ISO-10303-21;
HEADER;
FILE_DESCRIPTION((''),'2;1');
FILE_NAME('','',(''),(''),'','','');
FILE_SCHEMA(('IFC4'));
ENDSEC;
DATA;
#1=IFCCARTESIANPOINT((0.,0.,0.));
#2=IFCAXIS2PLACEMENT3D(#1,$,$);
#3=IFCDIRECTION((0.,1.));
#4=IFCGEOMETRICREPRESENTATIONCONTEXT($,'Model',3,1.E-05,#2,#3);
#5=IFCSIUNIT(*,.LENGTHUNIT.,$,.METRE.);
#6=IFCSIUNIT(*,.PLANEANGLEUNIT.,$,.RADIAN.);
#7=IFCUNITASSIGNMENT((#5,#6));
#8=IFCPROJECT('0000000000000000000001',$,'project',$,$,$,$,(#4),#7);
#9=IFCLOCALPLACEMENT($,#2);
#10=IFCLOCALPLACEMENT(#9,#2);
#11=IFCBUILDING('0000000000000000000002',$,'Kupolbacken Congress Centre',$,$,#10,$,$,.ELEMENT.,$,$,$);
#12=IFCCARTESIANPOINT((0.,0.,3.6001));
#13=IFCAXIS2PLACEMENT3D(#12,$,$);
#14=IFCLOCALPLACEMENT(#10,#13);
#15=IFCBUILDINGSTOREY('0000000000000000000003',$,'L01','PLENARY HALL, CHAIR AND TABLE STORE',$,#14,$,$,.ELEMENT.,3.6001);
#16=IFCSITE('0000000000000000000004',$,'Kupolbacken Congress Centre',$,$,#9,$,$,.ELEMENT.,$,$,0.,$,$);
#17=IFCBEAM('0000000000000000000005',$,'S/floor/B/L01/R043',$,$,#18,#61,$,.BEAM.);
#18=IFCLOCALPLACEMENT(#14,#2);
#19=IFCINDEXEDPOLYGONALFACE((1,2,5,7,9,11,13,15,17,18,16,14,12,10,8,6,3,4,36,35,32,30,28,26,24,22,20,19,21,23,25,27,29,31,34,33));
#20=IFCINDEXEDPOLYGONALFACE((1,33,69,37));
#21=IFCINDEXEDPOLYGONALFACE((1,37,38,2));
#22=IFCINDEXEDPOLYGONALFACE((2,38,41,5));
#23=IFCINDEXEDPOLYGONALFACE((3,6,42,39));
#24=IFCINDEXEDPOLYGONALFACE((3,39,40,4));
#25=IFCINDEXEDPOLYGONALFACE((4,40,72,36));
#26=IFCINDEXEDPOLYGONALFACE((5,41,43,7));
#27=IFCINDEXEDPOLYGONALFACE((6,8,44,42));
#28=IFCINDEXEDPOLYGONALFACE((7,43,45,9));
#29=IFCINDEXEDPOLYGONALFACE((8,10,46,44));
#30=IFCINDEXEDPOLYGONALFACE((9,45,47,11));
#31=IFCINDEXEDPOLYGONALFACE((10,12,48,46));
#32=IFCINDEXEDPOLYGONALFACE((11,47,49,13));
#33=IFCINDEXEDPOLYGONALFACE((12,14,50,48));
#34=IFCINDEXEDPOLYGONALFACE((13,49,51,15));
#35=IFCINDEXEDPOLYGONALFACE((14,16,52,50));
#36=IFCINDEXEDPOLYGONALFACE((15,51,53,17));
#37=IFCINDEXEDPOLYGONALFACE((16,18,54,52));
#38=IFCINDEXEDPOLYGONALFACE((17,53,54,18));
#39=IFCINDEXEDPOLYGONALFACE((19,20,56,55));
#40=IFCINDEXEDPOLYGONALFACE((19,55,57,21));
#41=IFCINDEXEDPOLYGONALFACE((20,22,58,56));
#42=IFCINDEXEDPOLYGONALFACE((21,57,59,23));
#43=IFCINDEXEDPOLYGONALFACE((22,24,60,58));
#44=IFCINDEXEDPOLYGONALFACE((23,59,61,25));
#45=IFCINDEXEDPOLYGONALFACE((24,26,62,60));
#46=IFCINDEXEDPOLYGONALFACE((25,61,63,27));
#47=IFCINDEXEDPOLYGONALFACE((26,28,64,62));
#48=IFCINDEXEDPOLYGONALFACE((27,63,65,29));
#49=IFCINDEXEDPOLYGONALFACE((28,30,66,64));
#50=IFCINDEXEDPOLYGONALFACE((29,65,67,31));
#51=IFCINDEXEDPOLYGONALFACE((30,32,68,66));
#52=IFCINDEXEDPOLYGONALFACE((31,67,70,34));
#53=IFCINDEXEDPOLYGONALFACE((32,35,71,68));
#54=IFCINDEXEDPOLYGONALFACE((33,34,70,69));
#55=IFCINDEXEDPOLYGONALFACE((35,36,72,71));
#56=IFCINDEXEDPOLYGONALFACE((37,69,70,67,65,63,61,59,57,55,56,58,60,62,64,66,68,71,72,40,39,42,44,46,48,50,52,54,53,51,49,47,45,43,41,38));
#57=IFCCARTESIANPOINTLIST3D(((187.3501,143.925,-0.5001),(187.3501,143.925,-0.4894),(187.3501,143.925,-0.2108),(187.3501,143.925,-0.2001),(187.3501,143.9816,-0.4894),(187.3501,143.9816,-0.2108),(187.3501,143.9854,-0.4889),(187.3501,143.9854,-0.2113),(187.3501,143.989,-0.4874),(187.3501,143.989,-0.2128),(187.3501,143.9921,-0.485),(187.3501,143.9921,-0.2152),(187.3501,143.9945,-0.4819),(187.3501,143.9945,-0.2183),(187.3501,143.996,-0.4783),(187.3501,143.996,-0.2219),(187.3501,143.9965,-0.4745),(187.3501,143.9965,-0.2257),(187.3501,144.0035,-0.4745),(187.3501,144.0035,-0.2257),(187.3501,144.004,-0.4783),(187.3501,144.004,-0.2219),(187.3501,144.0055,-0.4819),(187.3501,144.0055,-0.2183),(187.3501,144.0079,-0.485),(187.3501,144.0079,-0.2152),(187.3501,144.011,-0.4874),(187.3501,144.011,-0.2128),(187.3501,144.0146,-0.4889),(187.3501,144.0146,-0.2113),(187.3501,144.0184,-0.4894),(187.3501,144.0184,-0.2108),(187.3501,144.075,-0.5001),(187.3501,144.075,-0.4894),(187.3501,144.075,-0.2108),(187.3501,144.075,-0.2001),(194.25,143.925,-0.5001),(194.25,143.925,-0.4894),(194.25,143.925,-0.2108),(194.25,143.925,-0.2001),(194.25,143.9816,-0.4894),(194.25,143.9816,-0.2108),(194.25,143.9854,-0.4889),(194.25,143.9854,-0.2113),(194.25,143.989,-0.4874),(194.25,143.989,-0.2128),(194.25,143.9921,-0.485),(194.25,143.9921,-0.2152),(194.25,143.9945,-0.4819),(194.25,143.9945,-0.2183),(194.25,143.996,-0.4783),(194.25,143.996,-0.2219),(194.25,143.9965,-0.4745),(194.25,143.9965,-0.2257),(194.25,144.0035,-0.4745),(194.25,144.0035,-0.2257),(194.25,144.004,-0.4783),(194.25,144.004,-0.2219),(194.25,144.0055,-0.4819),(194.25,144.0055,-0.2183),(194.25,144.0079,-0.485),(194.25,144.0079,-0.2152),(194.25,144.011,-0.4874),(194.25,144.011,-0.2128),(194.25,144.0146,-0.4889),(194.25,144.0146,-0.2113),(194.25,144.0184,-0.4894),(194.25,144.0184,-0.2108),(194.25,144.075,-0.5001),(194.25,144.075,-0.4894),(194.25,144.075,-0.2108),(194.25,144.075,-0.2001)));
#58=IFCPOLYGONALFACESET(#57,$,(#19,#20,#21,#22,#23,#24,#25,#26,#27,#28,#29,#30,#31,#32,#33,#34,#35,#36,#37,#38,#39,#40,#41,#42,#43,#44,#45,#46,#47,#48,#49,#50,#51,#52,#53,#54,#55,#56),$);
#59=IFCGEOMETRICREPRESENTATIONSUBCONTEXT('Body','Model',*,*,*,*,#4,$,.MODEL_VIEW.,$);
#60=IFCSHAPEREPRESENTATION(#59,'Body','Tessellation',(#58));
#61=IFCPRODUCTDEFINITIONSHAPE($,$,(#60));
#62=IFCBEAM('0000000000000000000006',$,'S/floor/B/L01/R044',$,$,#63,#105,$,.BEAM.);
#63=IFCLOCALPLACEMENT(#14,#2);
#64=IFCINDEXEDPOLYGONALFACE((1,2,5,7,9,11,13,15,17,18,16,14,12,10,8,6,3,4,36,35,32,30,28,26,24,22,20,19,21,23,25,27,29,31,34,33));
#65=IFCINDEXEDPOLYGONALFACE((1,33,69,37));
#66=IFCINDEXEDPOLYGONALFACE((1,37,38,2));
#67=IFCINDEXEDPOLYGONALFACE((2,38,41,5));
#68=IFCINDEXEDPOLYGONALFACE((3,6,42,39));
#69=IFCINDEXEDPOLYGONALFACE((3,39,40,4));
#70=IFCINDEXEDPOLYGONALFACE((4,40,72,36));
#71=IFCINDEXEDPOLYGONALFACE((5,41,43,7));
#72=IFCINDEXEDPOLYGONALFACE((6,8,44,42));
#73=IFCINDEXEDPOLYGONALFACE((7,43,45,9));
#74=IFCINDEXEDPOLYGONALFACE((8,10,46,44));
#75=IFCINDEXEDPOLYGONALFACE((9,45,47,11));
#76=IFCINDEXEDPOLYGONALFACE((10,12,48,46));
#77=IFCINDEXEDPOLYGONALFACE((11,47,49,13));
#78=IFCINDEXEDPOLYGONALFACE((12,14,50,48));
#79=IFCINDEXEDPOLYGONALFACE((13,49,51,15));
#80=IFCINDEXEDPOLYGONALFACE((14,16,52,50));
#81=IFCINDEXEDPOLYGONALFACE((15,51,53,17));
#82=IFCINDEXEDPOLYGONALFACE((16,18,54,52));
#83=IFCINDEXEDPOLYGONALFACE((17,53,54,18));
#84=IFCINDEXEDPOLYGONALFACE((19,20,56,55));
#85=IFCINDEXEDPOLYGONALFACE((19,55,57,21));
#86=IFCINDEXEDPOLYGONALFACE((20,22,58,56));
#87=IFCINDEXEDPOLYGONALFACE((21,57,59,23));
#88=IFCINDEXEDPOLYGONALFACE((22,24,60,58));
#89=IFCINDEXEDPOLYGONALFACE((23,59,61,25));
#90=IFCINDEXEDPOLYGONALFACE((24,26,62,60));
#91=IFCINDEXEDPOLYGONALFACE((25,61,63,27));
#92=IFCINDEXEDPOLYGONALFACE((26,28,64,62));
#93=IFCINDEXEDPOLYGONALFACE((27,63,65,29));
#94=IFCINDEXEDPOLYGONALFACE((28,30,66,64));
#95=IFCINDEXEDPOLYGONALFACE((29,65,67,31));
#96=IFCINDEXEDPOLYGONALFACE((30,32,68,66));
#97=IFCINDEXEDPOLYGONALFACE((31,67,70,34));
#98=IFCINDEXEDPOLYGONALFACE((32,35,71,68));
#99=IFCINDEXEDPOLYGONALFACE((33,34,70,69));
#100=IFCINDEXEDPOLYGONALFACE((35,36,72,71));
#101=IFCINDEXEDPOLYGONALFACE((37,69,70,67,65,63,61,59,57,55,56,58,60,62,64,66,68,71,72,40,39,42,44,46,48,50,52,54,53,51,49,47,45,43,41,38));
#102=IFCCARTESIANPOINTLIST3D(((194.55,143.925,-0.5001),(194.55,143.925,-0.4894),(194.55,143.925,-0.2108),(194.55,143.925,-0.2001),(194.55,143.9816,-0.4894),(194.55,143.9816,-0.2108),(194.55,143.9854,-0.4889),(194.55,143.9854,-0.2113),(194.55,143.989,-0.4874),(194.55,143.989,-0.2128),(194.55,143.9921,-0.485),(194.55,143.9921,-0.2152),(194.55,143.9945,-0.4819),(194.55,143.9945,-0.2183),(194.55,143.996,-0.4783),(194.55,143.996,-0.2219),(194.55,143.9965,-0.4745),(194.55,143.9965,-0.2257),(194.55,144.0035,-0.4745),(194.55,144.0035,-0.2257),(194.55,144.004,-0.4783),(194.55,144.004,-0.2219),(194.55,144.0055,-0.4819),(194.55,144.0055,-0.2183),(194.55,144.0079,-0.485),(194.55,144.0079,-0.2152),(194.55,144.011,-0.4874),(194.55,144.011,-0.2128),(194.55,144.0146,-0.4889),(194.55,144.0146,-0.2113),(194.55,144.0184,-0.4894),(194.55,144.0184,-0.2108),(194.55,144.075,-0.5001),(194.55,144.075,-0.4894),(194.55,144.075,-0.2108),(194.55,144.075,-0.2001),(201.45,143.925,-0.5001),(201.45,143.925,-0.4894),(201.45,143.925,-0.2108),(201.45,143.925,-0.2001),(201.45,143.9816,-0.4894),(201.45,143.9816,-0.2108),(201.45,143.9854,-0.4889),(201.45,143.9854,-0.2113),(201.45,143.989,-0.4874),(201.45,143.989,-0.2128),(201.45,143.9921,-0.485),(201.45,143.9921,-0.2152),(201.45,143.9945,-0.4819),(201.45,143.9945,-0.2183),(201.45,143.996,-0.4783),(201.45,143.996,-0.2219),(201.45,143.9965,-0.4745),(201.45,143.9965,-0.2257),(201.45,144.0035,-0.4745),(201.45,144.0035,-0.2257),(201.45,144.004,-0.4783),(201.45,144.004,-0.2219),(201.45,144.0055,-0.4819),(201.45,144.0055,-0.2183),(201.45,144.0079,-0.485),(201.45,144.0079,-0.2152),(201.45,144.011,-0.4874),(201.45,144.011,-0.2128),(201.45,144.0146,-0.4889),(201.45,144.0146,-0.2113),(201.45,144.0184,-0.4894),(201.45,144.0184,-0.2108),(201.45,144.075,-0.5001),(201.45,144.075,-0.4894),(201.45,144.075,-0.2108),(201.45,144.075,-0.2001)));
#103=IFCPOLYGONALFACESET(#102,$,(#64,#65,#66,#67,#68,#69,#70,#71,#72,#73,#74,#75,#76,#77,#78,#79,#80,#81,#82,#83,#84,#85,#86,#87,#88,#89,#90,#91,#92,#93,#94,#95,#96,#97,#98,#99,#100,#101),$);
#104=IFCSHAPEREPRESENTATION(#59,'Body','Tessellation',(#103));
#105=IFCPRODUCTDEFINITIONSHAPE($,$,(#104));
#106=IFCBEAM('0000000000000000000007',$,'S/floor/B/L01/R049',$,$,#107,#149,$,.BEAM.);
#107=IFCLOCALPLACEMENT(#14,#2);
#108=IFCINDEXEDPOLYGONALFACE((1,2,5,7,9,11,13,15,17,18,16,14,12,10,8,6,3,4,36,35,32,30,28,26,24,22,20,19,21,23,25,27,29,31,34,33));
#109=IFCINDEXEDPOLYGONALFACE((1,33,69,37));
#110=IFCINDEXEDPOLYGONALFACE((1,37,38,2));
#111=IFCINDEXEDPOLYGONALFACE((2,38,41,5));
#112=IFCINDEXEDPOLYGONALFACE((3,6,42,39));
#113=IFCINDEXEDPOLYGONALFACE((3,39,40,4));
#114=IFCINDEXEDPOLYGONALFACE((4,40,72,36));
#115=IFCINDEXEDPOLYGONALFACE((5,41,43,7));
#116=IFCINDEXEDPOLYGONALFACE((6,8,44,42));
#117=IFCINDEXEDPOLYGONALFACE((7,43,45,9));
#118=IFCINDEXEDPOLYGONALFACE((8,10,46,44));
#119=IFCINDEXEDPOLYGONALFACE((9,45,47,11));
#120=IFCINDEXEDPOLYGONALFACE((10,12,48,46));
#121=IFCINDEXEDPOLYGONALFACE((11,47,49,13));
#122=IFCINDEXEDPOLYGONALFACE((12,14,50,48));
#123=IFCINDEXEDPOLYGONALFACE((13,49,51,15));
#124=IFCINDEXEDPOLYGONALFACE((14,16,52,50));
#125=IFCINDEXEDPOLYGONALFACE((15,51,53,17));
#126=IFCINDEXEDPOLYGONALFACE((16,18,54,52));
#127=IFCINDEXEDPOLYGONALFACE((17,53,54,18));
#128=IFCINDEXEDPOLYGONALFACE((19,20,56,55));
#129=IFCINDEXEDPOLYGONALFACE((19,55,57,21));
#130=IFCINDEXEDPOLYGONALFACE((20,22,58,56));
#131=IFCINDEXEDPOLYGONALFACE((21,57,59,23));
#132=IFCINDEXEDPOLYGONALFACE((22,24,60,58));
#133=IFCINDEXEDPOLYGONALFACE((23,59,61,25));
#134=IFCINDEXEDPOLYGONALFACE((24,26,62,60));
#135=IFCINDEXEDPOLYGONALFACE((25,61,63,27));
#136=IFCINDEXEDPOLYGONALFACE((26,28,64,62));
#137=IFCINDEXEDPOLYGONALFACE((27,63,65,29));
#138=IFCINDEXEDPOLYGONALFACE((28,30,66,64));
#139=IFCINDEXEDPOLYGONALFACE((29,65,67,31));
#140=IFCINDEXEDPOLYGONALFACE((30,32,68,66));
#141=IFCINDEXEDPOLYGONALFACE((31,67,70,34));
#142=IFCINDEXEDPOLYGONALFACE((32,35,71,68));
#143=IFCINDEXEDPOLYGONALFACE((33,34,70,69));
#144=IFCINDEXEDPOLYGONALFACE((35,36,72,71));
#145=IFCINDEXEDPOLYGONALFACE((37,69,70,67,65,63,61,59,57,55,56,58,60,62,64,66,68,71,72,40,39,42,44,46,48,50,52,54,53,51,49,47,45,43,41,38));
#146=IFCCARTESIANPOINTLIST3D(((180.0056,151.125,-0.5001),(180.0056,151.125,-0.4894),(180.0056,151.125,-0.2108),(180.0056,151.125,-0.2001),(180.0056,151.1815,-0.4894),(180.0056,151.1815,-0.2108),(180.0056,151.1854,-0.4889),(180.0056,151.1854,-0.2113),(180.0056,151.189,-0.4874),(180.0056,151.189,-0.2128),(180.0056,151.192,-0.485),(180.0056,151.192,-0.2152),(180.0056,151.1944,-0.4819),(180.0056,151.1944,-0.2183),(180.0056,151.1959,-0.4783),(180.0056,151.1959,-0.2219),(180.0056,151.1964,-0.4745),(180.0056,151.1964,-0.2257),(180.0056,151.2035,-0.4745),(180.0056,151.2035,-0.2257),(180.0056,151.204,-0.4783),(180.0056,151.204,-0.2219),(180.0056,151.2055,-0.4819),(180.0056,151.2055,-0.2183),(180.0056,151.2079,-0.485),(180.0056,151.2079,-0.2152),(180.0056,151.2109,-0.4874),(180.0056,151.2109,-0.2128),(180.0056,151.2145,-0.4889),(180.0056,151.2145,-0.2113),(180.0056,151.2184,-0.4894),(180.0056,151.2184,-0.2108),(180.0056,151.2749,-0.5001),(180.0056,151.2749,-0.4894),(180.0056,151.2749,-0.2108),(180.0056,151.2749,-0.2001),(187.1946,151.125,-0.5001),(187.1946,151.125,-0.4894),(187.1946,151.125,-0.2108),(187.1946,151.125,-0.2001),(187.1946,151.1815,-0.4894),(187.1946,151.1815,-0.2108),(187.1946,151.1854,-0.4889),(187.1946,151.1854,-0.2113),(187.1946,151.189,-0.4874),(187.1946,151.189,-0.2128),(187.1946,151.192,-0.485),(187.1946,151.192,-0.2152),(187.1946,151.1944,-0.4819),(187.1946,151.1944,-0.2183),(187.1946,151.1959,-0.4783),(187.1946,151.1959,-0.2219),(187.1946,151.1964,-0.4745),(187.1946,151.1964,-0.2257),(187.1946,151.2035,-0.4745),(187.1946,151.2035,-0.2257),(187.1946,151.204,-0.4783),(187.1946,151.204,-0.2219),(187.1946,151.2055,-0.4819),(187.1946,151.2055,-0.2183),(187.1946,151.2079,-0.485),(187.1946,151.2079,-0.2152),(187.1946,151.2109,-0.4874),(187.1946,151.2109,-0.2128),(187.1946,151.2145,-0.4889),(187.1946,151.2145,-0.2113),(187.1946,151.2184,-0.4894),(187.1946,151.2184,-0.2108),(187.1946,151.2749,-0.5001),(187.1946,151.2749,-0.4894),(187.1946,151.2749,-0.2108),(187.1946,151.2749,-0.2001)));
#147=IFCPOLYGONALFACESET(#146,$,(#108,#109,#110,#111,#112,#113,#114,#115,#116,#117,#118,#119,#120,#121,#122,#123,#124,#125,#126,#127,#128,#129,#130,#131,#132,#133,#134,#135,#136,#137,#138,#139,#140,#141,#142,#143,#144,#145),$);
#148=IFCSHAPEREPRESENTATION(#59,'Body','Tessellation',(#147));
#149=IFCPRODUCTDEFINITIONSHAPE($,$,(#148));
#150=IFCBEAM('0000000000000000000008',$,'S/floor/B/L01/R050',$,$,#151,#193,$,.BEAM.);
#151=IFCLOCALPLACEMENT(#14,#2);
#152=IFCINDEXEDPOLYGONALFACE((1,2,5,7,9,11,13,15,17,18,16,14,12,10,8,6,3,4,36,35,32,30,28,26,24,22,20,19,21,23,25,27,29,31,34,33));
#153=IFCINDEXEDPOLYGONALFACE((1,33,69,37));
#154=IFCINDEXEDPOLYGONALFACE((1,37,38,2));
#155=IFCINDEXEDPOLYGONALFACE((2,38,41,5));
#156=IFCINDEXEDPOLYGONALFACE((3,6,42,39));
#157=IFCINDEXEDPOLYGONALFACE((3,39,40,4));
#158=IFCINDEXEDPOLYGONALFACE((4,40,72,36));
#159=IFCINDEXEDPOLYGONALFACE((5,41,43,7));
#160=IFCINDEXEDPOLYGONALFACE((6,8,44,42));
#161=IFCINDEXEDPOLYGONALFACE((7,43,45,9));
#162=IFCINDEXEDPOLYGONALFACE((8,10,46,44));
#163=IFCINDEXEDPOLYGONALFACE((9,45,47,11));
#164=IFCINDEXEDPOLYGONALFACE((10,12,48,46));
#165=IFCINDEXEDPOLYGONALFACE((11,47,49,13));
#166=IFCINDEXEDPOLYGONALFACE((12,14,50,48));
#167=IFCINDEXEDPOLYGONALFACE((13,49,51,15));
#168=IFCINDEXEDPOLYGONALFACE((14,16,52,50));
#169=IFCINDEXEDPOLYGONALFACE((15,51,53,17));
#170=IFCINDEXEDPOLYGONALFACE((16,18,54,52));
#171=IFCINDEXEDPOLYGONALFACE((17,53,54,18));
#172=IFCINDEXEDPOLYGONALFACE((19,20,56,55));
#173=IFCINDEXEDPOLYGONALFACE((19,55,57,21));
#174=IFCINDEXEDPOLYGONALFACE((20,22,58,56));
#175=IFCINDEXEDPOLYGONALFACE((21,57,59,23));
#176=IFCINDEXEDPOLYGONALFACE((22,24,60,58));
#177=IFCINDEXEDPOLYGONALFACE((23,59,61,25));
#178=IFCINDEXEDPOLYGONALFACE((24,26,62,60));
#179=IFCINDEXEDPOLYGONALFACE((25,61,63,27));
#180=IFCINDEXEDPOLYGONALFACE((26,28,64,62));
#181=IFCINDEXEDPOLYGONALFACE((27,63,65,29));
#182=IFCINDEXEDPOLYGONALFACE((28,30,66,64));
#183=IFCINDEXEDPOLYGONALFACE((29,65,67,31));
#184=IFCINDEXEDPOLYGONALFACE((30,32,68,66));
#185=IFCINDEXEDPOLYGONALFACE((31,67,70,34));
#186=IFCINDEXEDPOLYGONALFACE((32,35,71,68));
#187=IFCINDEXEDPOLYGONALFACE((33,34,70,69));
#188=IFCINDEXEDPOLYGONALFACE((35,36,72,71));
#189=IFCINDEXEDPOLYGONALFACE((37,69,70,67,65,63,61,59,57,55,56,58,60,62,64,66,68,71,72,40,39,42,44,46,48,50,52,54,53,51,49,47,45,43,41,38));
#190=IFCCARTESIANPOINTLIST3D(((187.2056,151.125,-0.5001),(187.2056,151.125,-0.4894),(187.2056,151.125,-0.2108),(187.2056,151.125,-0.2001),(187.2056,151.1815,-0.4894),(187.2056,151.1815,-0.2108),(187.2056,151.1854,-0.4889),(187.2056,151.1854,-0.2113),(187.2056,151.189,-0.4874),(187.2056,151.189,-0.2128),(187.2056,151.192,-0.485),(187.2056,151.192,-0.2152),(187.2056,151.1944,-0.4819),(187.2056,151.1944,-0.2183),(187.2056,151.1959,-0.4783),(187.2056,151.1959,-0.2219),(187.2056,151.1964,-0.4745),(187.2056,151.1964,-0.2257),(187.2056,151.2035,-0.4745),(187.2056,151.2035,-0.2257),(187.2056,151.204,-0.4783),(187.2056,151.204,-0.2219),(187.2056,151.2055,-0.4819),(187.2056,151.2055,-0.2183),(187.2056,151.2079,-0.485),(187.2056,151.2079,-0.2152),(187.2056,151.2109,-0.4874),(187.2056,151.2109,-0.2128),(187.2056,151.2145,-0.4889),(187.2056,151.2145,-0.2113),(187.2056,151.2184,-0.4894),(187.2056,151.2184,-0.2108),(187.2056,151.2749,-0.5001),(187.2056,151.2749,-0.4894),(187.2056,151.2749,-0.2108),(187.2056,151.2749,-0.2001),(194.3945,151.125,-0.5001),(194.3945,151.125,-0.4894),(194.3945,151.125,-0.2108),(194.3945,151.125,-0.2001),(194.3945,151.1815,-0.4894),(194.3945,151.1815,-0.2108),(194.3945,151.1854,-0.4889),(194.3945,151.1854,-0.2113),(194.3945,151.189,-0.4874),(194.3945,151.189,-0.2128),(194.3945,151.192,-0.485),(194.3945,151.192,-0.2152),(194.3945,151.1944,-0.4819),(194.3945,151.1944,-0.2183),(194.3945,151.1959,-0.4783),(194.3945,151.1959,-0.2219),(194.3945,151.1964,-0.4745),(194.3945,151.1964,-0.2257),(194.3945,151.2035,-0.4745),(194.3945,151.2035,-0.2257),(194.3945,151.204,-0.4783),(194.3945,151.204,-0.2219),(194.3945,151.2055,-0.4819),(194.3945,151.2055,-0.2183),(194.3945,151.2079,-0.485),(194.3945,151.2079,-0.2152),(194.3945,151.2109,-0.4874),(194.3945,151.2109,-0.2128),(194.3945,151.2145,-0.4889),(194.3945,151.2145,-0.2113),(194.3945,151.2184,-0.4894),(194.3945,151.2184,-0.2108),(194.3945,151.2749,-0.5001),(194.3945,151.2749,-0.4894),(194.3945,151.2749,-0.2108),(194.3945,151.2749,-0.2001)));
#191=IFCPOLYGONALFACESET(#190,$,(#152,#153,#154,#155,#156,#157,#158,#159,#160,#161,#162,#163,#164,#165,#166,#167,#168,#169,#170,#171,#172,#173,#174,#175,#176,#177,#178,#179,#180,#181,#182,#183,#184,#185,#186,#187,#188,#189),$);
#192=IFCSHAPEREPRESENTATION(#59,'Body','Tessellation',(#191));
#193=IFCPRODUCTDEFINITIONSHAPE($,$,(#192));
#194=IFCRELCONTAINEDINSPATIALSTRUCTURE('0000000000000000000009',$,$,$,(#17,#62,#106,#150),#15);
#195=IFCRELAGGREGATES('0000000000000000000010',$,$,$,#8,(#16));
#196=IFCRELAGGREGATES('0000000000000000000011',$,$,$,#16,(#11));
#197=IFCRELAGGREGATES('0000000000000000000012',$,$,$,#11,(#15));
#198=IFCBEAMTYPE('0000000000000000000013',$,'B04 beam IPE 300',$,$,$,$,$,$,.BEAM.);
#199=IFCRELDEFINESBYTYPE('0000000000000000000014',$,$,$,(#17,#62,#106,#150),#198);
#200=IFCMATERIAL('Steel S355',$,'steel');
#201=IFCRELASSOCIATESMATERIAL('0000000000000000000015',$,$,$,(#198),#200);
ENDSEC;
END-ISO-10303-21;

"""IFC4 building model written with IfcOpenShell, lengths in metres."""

from ifc_helpers import new_model, si_unit, direction, frame, origin, origin_2d, place, context, subcontext, project, spatial, i_section, extrude, material, material_profile, profile_set, type_object, element, save


model = new_model("IFC4")

# Units and contexts
model_context = context("Model", 3, precision=1e-05, world=origin(), true_north=direction((0.0, 1.0)))
body_context = subcontext(model_context, "Body", "Model", "MODEL_VIEW")
ifc_project = project(units=[si_unit("LENGTHUNIT", "METRE"), si_unit("PLANEANGLEUNIT", "RADIAN")], contexts=[model_context])

# Site, building, storey
site_placement = place(None, origin())
site = spatial("IfcSite", under=ifc_project, at=site_placement, Name="Kupolbacken Congress Centre", CompositionType="ELEMENT", RefElevation=0.0)
building_placement = place(site_placement, origin())
building = spatial("IfcBuilding", under=site, at=building_placement, Name="Kupolbacken Congress Centre", CompositionType="ELEMENT")
storey_placement = place(building_placement, frame((0.0, 0.0, 3.6001)))
storey = spatial("IfcBuildingStorey", under=building, at=storey_placement, Name="L01", Description="PLENARY HALL, CHAIR AND TABLE STORE", CompositionType="ELEMENT", Elevation=3.6001)

# Beams
ifc_material_1 = material(Name="Steel S355", Category="steel")
ifc_material_profile_1 = material_profile(ifc_material_1, i_section(OverallWidth=0.1499, OverallDepth=0.3, WebThickness=0.0071, FlangeThickness=0.0107, FilletRadius=0.0149, at=origin_2d()), Name="IPE 300")
ifc_profile_set_1 = profile_set([ifc_material_profile_1], Name="Steel S355")
beam_type_1 = type_object("IfcBeamType", Name="B04 beam IPE 300", PredefinedType="BEAM", material=ifc_profile_set_1)
for number, where, z_axis, x_axis, name in (
    (1, (187.3501, 144.0, -0.3501), (1.0, 0.0, 0.0), (0.0, 1.0, 0.0), "S/floor/B/L01/R043"),
    (2, (194.55, 144.0, -0.3501), (1.0, 0.0, 0.0), (0.0, 1.0, 0.0), "S/floor/B/L01/R044"),
):
    element("IfcBeam", number, at=place(storey_placement, frame(where, z_axis=z_axis, x_axis=x_axis)), inside=storey, type_object=beam_type_1, Name=name, PredefinedType="BEAM", context=body_context, shape_type="SweptSolid", body=[
        extrude(i_section(OverallWidth=0.1499, OverallDepth=0.3, WebThickness=0.0071, FlangeThickness=0.0107, FilletRadius=0.0149, at=origin_2d()), origin(), (0.0, 0.0, 1.0), 6.8999),
    ])
for number, where, z_axis, x_axis, name in (
    (3, (180.0056, 151.2, -0.3501), (1.0, 0.0, 0.0), (0.0, 1.0, 0.0), "S/floor/B/L01/R049"),
    (4, (187.2056, 151.2, -0.3501), (1.0, 0.0, 0.0), (0.0, 1.0, 0.0), "S/floor/B/L01/R050"),
):
    element("IfcBeam", number, at=place(storey_placement, frame(where, z_axis=z_axis, x_axis=x_axis)), inside=storey, type_object=beam_type_1, Name=name, PredefinedType="BEAM", context=body_context, shape_type="SweptSolid", body=[
        extrude(i_section(OverallWidth=0.1499, OverallDepth=0.3, WebThickness=0.0071, FlangeThickness=0.0107, FilletRadius=0.0149, at=origin_2d()), origin(), (0.0, 0.0, 1.0), 7.189),
    ])

save(model, "model.ifc")
